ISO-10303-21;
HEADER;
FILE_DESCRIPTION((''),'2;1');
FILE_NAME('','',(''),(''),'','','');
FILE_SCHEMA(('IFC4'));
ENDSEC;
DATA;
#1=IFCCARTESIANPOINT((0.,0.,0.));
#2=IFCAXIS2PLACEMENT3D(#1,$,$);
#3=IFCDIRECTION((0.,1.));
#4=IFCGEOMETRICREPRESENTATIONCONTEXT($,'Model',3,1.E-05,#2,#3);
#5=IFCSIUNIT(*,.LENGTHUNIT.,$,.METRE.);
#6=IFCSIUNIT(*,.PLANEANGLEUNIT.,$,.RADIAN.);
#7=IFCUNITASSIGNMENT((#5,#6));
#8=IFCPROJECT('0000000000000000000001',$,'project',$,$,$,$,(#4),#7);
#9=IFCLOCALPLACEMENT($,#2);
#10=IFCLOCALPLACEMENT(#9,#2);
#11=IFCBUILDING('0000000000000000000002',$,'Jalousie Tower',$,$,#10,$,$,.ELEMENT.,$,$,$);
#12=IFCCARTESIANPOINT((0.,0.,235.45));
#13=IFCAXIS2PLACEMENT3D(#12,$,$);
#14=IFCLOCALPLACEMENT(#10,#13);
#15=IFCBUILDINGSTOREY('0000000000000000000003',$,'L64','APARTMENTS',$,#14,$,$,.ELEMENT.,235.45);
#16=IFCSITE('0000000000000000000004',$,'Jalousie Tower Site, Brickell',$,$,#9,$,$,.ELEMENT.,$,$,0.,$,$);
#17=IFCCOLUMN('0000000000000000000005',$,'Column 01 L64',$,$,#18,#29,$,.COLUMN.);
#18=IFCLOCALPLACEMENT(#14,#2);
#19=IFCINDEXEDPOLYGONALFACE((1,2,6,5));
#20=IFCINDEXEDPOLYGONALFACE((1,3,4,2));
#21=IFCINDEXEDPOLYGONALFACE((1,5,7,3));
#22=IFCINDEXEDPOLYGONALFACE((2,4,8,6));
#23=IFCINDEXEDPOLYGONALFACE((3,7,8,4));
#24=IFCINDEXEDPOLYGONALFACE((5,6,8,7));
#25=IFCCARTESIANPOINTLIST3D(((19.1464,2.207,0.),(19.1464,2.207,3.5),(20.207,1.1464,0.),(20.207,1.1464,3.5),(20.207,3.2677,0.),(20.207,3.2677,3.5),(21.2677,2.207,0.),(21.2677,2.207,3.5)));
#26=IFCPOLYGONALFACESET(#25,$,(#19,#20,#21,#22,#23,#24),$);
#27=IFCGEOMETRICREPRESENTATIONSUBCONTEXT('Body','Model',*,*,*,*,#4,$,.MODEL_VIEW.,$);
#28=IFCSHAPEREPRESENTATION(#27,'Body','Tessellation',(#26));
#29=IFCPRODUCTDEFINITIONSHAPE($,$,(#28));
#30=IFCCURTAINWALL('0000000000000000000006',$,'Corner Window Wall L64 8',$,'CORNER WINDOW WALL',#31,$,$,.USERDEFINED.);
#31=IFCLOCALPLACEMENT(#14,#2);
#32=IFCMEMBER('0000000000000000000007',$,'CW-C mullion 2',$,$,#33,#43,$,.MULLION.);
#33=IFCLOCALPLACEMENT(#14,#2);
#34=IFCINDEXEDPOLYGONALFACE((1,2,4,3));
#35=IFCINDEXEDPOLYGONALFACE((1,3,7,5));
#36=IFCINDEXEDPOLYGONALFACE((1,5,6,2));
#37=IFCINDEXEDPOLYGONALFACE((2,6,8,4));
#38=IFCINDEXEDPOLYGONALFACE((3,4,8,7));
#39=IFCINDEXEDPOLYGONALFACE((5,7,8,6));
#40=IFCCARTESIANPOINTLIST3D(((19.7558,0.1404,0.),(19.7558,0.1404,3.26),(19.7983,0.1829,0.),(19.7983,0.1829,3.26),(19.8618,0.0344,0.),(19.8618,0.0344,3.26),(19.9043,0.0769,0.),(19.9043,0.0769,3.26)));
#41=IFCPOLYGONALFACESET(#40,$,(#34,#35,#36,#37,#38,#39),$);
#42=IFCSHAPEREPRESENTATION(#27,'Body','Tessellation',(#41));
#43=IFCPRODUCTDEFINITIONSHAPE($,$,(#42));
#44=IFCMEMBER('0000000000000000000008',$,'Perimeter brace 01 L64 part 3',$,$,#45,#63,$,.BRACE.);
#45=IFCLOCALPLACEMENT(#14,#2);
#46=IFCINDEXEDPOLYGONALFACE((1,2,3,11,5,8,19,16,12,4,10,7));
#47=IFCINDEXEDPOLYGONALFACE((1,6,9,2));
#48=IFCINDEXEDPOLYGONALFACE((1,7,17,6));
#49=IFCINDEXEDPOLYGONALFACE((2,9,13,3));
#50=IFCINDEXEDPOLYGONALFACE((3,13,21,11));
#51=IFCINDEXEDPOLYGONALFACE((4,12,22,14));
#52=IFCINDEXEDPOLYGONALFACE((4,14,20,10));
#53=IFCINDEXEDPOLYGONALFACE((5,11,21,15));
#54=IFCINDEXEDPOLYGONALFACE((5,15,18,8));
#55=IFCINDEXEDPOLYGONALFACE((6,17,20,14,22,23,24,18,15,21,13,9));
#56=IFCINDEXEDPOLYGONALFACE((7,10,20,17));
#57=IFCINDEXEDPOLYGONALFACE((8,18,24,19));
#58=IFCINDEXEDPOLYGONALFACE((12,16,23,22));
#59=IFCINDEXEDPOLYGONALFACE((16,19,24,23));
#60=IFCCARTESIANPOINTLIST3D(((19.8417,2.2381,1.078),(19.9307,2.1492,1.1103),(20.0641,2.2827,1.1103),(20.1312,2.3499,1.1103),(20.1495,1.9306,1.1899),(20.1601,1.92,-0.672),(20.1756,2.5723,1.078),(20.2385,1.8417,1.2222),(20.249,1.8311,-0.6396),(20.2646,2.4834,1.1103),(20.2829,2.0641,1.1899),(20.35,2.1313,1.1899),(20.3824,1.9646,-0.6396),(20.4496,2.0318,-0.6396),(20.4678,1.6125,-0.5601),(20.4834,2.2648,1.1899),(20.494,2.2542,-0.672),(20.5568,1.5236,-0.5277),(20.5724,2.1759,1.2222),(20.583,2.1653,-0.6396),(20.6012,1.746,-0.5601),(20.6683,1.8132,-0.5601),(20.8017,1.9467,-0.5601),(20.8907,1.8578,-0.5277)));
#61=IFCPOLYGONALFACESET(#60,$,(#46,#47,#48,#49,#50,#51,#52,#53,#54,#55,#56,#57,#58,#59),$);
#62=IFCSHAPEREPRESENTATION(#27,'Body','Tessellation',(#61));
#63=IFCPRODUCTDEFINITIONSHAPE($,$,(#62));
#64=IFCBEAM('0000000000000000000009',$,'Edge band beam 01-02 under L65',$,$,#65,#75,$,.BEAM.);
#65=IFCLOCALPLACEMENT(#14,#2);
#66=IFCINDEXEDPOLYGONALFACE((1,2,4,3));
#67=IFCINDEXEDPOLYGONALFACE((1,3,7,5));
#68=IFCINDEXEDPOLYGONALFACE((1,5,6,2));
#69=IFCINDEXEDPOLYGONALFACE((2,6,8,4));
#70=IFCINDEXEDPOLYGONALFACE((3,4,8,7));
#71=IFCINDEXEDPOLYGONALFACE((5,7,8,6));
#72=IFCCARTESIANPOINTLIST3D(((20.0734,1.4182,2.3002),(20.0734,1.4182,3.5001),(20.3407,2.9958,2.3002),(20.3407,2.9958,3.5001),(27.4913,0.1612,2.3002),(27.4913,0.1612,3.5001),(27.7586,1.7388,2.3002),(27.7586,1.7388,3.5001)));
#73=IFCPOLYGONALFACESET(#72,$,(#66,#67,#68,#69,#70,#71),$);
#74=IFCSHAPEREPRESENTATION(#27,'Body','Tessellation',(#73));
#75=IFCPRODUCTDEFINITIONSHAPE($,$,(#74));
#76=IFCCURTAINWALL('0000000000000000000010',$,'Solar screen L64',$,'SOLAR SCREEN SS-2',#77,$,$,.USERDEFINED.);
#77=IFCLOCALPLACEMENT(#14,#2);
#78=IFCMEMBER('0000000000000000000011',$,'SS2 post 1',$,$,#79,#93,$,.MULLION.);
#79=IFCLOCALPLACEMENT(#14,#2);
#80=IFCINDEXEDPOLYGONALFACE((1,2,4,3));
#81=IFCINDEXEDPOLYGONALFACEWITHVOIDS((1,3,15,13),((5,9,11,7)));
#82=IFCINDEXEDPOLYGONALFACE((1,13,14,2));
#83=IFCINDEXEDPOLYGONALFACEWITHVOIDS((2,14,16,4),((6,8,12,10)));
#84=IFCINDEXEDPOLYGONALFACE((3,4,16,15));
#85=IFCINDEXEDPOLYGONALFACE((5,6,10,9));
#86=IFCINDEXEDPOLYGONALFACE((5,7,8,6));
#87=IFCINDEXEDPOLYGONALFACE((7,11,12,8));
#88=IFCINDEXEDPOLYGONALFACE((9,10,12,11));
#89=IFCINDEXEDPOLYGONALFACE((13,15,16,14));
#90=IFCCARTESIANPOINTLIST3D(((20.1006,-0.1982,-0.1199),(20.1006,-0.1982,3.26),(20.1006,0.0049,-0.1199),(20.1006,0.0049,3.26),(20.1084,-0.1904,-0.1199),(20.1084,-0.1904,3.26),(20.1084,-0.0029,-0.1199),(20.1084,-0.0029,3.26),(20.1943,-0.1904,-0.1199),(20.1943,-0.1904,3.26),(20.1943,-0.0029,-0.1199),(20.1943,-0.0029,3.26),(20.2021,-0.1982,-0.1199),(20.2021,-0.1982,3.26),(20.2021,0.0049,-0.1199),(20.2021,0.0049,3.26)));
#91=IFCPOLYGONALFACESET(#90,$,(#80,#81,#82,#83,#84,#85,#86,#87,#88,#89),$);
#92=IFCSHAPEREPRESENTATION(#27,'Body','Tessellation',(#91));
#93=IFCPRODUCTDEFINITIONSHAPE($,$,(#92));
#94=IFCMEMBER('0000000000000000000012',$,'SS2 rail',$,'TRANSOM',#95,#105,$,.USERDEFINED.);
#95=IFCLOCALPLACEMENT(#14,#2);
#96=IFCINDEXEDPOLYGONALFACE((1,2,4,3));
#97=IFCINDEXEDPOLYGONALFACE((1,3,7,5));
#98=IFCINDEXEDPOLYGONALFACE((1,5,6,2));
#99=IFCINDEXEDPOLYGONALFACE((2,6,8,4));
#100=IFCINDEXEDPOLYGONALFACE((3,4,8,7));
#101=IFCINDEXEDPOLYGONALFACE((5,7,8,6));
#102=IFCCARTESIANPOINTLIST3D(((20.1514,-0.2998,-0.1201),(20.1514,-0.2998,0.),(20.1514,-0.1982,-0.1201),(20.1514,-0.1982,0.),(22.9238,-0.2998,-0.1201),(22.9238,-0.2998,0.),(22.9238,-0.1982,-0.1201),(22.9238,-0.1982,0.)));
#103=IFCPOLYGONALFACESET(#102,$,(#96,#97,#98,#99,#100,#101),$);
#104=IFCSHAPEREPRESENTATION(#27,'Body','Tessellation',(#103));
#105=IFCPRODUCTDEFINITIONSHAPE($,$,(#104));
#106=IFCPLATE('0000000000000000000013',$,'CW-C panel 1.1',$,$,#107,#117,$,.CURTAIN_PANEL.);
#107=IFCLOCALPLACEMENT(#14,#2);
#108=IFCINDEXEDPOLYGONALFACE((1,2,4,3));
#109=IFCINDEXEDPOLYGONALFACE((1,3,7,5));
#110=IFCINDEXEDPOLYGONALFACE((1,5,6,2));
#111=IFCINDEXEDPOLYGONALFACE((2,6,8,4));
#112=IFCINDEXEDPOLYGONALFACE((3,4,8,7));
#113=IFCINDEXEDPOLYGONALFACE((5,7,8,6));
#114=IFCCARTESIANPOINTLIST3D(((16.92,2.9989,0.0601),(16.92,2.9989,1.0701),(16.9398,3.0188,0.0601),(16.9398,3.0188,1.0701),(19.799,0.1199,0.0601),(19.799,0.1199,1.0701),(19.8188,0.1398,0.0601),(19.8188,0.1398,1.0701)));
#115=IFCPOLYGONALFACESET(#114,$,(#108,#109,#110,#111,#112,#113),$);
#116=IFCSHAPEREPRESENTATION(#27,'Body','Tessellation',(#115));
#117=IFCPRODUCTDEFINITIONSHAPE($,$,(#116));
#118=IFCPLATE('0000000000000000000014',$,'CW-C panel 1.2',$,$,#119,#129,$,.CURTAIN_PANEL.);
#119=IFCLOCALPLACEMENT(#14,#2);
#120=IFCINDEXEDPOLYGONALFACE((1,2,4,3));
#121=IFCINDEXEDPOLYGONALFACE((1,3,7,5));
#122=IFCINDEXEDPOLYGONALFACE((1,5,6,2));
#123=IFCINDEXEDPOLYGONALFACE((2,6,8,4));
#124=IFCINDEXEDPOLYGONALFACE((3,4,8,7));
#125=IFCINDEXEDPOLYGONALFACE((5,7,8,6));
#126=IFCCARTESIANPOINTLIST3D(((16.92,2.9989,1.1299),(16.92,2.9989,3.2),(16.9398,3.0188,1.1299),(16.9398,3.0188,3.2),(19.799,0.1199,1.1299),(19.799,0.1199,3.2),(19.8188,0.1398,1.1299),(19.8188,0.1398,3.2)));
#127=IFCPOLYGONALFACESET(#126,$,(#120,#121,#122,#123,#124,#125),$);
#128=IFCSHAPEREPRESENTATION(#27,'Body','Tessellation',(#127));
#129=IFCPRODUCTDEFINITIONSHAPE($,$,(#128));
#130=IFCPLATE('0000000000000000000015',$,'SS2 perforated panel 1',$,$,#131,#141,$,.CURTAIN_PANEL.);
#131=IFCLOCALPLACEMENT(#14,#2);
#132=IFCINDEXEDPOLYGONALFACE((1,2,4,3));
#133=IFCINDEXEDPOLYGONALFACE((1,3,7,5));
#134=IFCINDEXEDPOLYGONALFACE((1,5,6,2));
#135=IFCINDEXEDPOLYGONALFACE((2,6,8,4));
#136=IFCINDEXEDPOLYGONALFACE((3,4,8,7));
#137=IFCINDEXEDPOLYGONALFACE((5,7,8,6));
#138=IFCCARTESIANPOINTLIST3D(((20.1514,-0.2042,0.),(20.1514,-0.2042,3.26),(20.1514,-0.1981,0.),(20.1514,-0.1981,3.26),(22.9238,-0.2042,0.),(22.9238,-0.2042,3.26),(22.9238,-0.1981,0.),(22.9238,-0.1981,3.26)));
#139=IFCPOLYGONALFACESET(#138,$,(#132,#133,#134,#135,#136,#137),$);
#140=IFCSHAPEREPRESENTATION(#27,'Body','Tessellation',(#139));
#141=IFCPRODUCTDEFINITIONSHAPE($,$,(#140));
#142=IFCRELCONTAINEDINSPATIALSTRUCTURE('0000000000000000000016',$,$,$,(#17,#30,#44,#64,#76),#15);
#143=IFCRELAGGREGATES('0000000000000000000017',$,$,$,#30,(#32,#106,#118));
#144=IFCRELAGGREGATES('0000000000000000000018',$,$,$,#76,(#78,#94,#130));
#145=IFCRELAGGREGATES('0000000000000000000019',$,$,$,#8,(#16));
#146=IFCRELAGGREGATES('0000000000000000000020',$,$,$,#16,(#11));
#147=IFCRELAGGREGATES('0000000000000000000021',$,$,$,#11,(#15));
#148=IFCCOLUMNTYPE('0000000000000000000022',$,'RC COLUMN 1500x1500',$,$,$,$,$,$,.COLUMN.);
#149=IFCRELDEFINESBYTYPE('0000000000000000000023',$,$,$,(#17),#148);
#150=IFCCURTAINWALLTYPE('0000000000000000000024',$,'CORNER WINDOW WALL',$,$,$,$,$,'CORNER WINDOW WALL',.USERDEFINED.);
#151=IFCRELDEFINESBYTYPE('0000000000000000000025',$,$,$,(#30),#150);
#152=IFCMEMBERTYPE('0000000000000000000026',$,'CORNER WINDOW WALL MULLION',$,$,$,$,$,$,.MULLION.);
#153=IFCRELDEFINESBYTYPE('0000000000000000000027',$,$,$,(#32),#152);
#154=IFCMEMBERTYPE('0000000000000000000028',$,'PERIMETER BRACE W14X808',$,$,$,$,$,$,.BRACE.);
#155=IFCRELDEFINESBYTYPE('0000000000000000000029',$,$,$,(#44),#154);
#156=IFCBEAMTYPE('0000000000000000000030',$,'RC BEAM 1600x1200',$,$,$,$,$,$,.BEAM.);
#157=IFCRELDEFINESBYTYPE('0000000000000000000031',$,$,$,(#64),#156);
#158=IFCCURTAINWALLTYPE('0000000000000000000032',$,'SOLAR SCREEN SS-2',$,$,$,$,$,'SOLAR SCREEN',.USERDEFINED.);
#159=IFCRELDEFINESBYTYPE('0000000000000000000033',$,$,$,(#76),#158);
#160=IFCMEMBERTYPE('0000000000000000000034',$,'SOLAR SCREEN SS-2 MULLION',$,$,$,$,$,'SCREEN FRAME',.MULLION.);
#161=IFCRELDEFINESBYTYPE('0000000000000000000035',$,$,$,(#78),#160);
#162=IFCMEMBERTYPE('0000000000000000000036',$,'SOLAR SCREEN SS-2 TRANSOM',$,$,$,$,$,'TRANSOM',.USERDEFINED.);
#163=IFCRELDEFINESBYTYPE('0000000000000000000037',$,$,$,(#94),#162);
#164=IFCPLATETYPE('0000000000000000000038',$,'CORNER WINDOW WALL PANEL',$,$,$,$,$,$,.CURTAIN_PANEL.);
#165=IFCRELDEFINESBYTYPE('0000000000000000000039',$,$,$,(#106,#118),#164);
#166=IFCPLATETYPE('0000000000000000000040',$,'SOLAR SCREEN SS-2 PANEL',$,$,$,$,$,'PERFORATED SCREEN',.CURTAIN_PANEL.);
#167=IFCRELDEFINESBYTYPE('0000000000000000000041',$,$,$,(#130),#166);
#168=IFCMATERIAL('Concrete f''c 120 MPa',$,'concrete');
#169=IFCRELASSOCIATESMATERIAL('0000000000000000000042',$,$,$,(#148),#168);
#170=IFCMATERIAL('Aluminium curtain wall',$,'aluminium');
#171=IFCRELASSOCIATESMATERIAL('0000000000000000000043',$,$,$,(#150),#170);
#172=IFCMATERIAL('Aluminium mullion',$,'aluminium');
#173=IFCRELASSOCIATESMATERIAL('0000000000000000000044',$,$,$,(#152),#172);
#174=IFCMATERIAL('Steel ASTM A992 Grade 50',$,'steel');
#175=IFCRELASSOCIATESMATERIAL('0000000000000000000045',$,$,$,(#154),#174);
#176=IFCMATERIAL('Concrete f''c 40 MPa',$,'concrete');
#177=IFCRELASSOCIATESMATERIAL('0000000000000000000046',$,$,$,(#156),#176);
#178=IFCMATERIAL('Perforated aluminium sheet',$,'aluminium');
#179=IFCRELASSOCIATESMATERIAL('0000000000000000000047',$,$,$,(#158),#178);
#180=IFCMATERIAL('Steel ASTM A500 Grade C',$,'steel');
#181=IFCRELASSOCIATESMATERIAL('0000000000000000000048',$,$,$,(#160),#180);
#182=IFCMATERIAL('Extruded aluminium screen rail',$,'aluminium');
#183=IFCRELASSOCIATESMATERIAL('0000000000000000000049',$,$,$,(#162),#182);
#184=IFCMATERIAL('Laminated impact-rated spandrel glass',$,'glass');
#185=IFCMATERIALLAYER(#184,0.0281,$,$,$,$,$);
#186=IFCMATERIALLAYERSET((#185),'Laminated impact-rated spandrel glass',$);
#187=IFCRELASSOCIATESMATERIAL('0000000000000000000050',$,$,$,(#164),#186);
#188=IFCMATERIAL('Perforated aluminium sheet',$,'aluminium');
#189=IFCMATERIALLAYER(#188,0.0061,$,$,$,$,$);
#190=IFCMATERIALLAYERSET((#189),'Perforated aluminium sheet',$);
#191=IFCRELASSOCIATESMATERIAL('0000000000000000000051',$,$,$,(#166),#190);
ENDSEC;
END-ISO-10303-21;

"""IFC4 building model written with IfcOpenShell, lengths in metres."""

from ifc_helpers import new_model, si_unit, direction, frame, origin, origin_2d, place, context, subcontext, project, spatial, rectangle, hollow_rectangle, i_section, extrude, material, layer, layer_set, material_profile, profile_set, type_object, element, aggregate, save


model = new_model("IFC4")

# Units and contexts
model_context = context("Model", 3, precision=1e-05, world=origin(), true_north=direction((0.0, 1.0)))
body_context = subcontext(model_context, "Body", "Model", "MODEL_VIEW")
ifc_project = project(units=[si_unit("LENGTHUNIT", "METRE"), si_unit("PLANEANGLEUNIT", "RADIAN")], contexts=[model_context])

# Site, building, storey
site_placement = place(None, origin())
site = spatial("IfcSite", under=ifc_project, at=site_placement, Name="Jalousie Tower Site, Brickell", CompositionType="ELEMENT", RefElevation=0.0)
building_placement = place(site_placement, origin())
building = spatial("IfcBuilding", under=site, at=building_placement, Name="Jalousie Tower", CompositionType="ELEMENT")
storey_placement = place(building_placement, frame((0.0, 0.0, 235.45)))
storey = spatial("IfcBuildingStorey", under=building, at=storey_placement, Name="L64", Description="APARTMENTS", CompositionType="ELEMENT", Elevation=235.45)

# Column
ifc_material_1 = material(Name="Concrete f'c 120 MPa", Category="concrete")
ifc_material_profile_1 = material_profile(ifc_material_1, rectangle(XDim=1.5, YDim=1.5, at=origin_2d()), Name="RC 1500x1500")
ifc_profile_set_1 = profile_set([ifc_material_profile_1], Name="Concrete f'c 120 MPa")
column_type = type_object("IfcColumnType", Name="RC COLUMN 1500x1500", PredefinedType="COLUMN", material=ifc_profile_set_1)
column_placement = place(storey_placement, frame((20.207, 2.207, 0.0), z_axis=(0.0, 0.0, 1.0), x_axis=(0.707107, 0.707107, 0.0)))
element("IfcColumn", 1, at=column_placement, inside=storey, type_object=column_type, Name="Column 01 L64", PredefinedType="COLUMN", context=body_context, shape_type="SweptSolid", body=[
    extrude(rectangle(XDim=1.5, YDim=1.5, at=origin_2d()), origin(), (0.0, 0.0, 1.0), 3.5),
])

# Curtain wall, member
ifc_material_2 = material(Name="Aluminium curtain wall", Category="aluminium")
curtain_wall_type_1 = type_object("IfcCurtainWallType", Name="CORNER WINDOW WALL", ElementType="CORNER WINDOW WALL", PredefinedType="USERDEFINED", material=ifc_material_2)
curtain_wall_1_placement = place(storey_placement, origin())
curtain_wall_1 = element("IfcCurtainWall", 2, at=curtain_wall_1_placement, inside=storey, type_object=curtain_wall_type_1, Name="Corner Window Wall L64 8", ObjectType="CORNER WINDOW WALL", PredefinedType="USERDEFINED")
ifc_material_3 = material(Name="Aluminium mullion", Category="aluminium")
ifc_material_profile_2 = material_profile(ifc_material_3, rectangle(XDim=0.0601, YDim=0.1499, at=origin_2d()), Name="MULLION 60x150")
ifc_profile_set_2 = profile_set([ifc_material_profile_2], Name="Aluminium mullion")
member_type_1 = type_object("IfcMemberType", Name="CORNER WINDOW WALL MULLION", PredefinedType="MULLION", material=ifc_profile_set_2)
member_1_placement = place(storey_placement, frame((19.8301, 0.1086, 0.0), z_axis=(0.0, 0.0, 1.0), x_axis=(0.707107, 0.707107, 0.0)))
member_1 = element("IfcMember", 3, at=member_1_placement, type_object=member_type_1, Name="CW-C mullion 2", PredefinedType="MULLION", context=body_context, shape_type="SweptSolid", body=[
    extrude(rectangle(XDim=0.0601, YDim=0.1499, at=origin_2d()), origin(), (0.0, 0.0, 1.0), 3.26),
])

# Member
ifc_material_4 = material(Name="Steel ASTM A992 Grade 50", Category="steel")
ifc_material_profile_3 = material_profile(ifc_material_4, i_section(OverallWidth=0.4724, OverallDepth=0.5791, WebThickness=0.095, FlangeThickness=0.1299, at=origin_2d()), Name="W14X808")
ifc_profile_set_3 = profile_set([ifc_material_profile_3], Name="Steel ASTM A992 Grade 50")
member_type_2 = type_object("IfcMemberType", Name="PERIMETER BRACE W14X808", PredefinedType="BRACE", material=ifc_profile_set_3)
member_2_placement = place(storey_placement, frame((20.5254, 1.8889, -0.5999), z_axis=(-0.176187, 0.176051, 0.968486), x_axis=(-0.706835, -0.707378, 0.0)))
element("IfcMember", 4, at=member_2_placement, inside=storey, type_object=member_type_2, Name="Perimeter brace 01 L64 part 3", PredefinedType="BRACE", context=body_context, shape_type="SweptSolid", body=[
    extrude(i_section(OverallWidth=0.4724, OverallDepth=0.5791, WebThickness=0.095, FlangeThickness=0.1299, at=origin_2d()), origin(), (0.0, 0.0, 1.0), 1.8069),
])

# Beam
ifc_material_5 = material(Name="Concrete f'c 40 MPa", Category="concrete")
ifc_material_profile_4 = material_profile(ifc_material_5, rectangle(XDim=1.6001, YDim=1.2, at=origin_2d()), Name="RC 1600x1200")
ifc_profile_set_4 = profile_set([ifc_material_profile_4], Name="Concrete f'c 40 MPa")
beam_type = type_object("IfcBeamType", Name="RC BEAM 1600x1200", PredefinedType="BEAM", material=ifc_profile_set_4)
beam_placement = place(storey_placement, frame((20.207, 2.207, 2.9001), z_axis=(0.985943, -0.167082, 0.0), x_axis=(0.167082, 0.985943, 0.0)))
element("IfcBeam", 5, at=beam_placement, inside=storey, type_object=beam_type, Name="Edge band beam 01-02 under L65", PredefinedType="BEAM", context=body_context, shape_type="SweptSolid", body=[
    extrude(rectangle(XDim=1.6001, YDim=1.2, at=origin_2d()), origin(), (0.0, 0.0, 1.0), 7.5237),
])

# Curtain wall, members
ifc_material_6 = material(Name="Perforated aluminium sheet", Category="aluminium")
curtain_wall_type_2 = type_object("IfcCurtainWallType", Name="SOLAR SCREEN SS-2", ElementType="SOLAR SCREEN", PredefinedType="USERDEFINED", material=ifc_material_6)
curtain_wall_2_placement = place(storey_placement, origin())
curtain_wall_2 = element("IfcCurtainWall", 6, at=curtain_wall_2_placement, inside=storey, type_object=curtain_wall_type_2, Name="Solar screen L64", ObjectType="SOLAR SCREEN SS-2", PredefinedType="USERDEFINED")
ifc_material_7 = material(Name="Steel ASTM A500 Grade C", Category="steel")
ifc_material_profile_5 = material_profile(ifc_material_7, hollow_rectangle(XDim=0.1016, YDim=0.2031, WallThickness=0.0078, at=origin_2d()), Name="HSS8X4X5/16")
ifc_profile_set_5 = profile_set([ifc_material_profile_5], Name="Steel ASTM A500 Grade C")
member_type_3 = type_object("IfcMemberType", Name="SOLAR SCREEN SS-2 MULLION", ElementType="SCREEN FRAME", PredefinedType="MULLION", material=ifc_profile_set_5)
member_3_placement = place(storey_placement, frame((20.1514, -0.0967, -0.1199), z_axis=(0.0, 0.0, 1.0), x_axis=(1.0, 0.0, 0.0)))
member_3 = element("IfcMember", 7, at=member_3_placement, type_object=member_type_3, Name="SS2 post 1", PredefinedType="MULLION", context=body_context, shape_type="SweptSolid", body=[
    extrude(hollow_rectangle(XDim=0.1016, YDim=0.2031, WallThickness=0.0078, at=origin_2d()), origin(), (0.0, 0.0, 1.0), 3.3799),
])
ifc_material_8 = material(Name="Extruded aluminium screen rail", Category="aluminium")
ifc_material_profile_6 = material_profile(ifc_material_8, rectangle(XDim=0.1016, YDim=0.1201, at=origin_2d()), Name="RAIL 102x120")
ifc_profile_set_6 = profile_set([ifc_material_profile_6], Name="Extruded aluminium screen rail")
member_type_4 = type_object("IfcMemberType", Name="SOLAR SCREEN SS-2 TRANSOM", ElementType="TRANSOM", PredefinedType="USERDEFINED", material=ifc_profile_set_6)
member_4_placement = place(storey_placement, frame((20.1514, -0.249, -0.0601), z_axis=(1.0, 0.0, 0.0), x_axis=(0.0, 1.0, 0.0)))
member_4 = element("IfcMember", 8, at=member_4_placement, type_object=member_type_4, Name="SS2 rail", ObjectType="TRANSOM", PredefinedType="USERDEFINED", context=body_context, shape_type="SweptSolid", body=[
    extrude(rectangle(XDim=0.1016, YDim=0.1201, at=origin_2d()), origin(), (0.0, 0.0, 1.0), 2.7725),
])

# Plates
ifc_material_9 = material(Name="Laminated impact-rated spandrel glass", Category="glass")
ifc_layer_1 = layer(ifc_material_9, 0.0281)
ifc_layer_set_1 = layer_set([ifc_layer_1], Name="Laminated impact-rated spandrel glass")
plate_type_1 = type_object("IfcPlateType", Name="CORNER WINDOW WALL PANEL", PredefinedType="CURTAIN_PANEL", material=ifc_layer_set_1)
plate_1_placement = place(storey_placement, frame((18.3694, 1.5693, 0.0601), z_axis=(0.0, 0.0, 1.0), x_axis=(0.707107, -0.707107, 0.0)))
plate_1 = element("IfcPlate", 9, at=plate_1_placement, type_object=plate_type_1, Name="CW-C panel 1.1", PredefinedType="CURTAIN_PANEL", context=body_context, shape_type="SweptSolid", body=[
    extrude(rectangle(XDim=4.0715, YDim=0.0281, at=origin_2d()), origin(), (0.0, 0.0, 1.0), 1.01),
])
plate_2_placement = place(storey_placement, frame((18.3694, 1.5693, 1.1299), z_axis=(0.0, 0.0, 1.0), x_axis=(0.707107, -0.707107, 0.0)))
plate_2 = element("IfcPlate", 10, at=plate_2_placement, type_object=plate_type_1, Name="CW-C panel 1.2", PredefinedType="CURTAIN_PANEL", context=body_context, shape_type="SweptSolid", body=[
    extrude(rectangle(XDim=4.0715, YDim=0.0281, at=origin_2d()), origin(), (0.0, 0.0, 1.0), 2.0701),
])
aggregate(curtain_wall_1, [member_1, plate_1, plate_2])
ifc_material_10 = material(Name="Perforated aluminium sheet", Category="aluminium")
ifc_layer_2 = layer(ifc_material_10, 0.0061)
ifc_layer_set_2 = layer_set([ifc_layer_2], Name="Perforated aluminium sheet")
plate_type_2 = type_object("IfcPlateType", Name="SOLAR SCREEN SS-2 PANEL", ElementType="PERFORATED SCREEN", PredefinedType="CURTAIN_PANEL", material=ifc_layer_set_2)
plate_3_placement = place(storey_placement, frame((21.5376, -0.2012, 0.0), z_axis=(0.0, 0.0, 1.0), x_axis=(1.0, 0.0, 0.0)))
plate_3 = element("IfcPlate", 11, at=plate_3_placement, type_object=plate_type_2, Name="SS2 perforated panel 1", PredefinedType="CURTAIN_PANEL", context=body_context, shape_type="SweptSolid", body=[
    extrude(rectangle(XDim=2.7725, YDim=0.0061, at=origin_2d()), origin(), (0.0, 0.0, 1.0), 3.26),
])
aggregate(curtain_wall_2, [member_3, member_4, plate_3])

save(model, "model.ifc")
